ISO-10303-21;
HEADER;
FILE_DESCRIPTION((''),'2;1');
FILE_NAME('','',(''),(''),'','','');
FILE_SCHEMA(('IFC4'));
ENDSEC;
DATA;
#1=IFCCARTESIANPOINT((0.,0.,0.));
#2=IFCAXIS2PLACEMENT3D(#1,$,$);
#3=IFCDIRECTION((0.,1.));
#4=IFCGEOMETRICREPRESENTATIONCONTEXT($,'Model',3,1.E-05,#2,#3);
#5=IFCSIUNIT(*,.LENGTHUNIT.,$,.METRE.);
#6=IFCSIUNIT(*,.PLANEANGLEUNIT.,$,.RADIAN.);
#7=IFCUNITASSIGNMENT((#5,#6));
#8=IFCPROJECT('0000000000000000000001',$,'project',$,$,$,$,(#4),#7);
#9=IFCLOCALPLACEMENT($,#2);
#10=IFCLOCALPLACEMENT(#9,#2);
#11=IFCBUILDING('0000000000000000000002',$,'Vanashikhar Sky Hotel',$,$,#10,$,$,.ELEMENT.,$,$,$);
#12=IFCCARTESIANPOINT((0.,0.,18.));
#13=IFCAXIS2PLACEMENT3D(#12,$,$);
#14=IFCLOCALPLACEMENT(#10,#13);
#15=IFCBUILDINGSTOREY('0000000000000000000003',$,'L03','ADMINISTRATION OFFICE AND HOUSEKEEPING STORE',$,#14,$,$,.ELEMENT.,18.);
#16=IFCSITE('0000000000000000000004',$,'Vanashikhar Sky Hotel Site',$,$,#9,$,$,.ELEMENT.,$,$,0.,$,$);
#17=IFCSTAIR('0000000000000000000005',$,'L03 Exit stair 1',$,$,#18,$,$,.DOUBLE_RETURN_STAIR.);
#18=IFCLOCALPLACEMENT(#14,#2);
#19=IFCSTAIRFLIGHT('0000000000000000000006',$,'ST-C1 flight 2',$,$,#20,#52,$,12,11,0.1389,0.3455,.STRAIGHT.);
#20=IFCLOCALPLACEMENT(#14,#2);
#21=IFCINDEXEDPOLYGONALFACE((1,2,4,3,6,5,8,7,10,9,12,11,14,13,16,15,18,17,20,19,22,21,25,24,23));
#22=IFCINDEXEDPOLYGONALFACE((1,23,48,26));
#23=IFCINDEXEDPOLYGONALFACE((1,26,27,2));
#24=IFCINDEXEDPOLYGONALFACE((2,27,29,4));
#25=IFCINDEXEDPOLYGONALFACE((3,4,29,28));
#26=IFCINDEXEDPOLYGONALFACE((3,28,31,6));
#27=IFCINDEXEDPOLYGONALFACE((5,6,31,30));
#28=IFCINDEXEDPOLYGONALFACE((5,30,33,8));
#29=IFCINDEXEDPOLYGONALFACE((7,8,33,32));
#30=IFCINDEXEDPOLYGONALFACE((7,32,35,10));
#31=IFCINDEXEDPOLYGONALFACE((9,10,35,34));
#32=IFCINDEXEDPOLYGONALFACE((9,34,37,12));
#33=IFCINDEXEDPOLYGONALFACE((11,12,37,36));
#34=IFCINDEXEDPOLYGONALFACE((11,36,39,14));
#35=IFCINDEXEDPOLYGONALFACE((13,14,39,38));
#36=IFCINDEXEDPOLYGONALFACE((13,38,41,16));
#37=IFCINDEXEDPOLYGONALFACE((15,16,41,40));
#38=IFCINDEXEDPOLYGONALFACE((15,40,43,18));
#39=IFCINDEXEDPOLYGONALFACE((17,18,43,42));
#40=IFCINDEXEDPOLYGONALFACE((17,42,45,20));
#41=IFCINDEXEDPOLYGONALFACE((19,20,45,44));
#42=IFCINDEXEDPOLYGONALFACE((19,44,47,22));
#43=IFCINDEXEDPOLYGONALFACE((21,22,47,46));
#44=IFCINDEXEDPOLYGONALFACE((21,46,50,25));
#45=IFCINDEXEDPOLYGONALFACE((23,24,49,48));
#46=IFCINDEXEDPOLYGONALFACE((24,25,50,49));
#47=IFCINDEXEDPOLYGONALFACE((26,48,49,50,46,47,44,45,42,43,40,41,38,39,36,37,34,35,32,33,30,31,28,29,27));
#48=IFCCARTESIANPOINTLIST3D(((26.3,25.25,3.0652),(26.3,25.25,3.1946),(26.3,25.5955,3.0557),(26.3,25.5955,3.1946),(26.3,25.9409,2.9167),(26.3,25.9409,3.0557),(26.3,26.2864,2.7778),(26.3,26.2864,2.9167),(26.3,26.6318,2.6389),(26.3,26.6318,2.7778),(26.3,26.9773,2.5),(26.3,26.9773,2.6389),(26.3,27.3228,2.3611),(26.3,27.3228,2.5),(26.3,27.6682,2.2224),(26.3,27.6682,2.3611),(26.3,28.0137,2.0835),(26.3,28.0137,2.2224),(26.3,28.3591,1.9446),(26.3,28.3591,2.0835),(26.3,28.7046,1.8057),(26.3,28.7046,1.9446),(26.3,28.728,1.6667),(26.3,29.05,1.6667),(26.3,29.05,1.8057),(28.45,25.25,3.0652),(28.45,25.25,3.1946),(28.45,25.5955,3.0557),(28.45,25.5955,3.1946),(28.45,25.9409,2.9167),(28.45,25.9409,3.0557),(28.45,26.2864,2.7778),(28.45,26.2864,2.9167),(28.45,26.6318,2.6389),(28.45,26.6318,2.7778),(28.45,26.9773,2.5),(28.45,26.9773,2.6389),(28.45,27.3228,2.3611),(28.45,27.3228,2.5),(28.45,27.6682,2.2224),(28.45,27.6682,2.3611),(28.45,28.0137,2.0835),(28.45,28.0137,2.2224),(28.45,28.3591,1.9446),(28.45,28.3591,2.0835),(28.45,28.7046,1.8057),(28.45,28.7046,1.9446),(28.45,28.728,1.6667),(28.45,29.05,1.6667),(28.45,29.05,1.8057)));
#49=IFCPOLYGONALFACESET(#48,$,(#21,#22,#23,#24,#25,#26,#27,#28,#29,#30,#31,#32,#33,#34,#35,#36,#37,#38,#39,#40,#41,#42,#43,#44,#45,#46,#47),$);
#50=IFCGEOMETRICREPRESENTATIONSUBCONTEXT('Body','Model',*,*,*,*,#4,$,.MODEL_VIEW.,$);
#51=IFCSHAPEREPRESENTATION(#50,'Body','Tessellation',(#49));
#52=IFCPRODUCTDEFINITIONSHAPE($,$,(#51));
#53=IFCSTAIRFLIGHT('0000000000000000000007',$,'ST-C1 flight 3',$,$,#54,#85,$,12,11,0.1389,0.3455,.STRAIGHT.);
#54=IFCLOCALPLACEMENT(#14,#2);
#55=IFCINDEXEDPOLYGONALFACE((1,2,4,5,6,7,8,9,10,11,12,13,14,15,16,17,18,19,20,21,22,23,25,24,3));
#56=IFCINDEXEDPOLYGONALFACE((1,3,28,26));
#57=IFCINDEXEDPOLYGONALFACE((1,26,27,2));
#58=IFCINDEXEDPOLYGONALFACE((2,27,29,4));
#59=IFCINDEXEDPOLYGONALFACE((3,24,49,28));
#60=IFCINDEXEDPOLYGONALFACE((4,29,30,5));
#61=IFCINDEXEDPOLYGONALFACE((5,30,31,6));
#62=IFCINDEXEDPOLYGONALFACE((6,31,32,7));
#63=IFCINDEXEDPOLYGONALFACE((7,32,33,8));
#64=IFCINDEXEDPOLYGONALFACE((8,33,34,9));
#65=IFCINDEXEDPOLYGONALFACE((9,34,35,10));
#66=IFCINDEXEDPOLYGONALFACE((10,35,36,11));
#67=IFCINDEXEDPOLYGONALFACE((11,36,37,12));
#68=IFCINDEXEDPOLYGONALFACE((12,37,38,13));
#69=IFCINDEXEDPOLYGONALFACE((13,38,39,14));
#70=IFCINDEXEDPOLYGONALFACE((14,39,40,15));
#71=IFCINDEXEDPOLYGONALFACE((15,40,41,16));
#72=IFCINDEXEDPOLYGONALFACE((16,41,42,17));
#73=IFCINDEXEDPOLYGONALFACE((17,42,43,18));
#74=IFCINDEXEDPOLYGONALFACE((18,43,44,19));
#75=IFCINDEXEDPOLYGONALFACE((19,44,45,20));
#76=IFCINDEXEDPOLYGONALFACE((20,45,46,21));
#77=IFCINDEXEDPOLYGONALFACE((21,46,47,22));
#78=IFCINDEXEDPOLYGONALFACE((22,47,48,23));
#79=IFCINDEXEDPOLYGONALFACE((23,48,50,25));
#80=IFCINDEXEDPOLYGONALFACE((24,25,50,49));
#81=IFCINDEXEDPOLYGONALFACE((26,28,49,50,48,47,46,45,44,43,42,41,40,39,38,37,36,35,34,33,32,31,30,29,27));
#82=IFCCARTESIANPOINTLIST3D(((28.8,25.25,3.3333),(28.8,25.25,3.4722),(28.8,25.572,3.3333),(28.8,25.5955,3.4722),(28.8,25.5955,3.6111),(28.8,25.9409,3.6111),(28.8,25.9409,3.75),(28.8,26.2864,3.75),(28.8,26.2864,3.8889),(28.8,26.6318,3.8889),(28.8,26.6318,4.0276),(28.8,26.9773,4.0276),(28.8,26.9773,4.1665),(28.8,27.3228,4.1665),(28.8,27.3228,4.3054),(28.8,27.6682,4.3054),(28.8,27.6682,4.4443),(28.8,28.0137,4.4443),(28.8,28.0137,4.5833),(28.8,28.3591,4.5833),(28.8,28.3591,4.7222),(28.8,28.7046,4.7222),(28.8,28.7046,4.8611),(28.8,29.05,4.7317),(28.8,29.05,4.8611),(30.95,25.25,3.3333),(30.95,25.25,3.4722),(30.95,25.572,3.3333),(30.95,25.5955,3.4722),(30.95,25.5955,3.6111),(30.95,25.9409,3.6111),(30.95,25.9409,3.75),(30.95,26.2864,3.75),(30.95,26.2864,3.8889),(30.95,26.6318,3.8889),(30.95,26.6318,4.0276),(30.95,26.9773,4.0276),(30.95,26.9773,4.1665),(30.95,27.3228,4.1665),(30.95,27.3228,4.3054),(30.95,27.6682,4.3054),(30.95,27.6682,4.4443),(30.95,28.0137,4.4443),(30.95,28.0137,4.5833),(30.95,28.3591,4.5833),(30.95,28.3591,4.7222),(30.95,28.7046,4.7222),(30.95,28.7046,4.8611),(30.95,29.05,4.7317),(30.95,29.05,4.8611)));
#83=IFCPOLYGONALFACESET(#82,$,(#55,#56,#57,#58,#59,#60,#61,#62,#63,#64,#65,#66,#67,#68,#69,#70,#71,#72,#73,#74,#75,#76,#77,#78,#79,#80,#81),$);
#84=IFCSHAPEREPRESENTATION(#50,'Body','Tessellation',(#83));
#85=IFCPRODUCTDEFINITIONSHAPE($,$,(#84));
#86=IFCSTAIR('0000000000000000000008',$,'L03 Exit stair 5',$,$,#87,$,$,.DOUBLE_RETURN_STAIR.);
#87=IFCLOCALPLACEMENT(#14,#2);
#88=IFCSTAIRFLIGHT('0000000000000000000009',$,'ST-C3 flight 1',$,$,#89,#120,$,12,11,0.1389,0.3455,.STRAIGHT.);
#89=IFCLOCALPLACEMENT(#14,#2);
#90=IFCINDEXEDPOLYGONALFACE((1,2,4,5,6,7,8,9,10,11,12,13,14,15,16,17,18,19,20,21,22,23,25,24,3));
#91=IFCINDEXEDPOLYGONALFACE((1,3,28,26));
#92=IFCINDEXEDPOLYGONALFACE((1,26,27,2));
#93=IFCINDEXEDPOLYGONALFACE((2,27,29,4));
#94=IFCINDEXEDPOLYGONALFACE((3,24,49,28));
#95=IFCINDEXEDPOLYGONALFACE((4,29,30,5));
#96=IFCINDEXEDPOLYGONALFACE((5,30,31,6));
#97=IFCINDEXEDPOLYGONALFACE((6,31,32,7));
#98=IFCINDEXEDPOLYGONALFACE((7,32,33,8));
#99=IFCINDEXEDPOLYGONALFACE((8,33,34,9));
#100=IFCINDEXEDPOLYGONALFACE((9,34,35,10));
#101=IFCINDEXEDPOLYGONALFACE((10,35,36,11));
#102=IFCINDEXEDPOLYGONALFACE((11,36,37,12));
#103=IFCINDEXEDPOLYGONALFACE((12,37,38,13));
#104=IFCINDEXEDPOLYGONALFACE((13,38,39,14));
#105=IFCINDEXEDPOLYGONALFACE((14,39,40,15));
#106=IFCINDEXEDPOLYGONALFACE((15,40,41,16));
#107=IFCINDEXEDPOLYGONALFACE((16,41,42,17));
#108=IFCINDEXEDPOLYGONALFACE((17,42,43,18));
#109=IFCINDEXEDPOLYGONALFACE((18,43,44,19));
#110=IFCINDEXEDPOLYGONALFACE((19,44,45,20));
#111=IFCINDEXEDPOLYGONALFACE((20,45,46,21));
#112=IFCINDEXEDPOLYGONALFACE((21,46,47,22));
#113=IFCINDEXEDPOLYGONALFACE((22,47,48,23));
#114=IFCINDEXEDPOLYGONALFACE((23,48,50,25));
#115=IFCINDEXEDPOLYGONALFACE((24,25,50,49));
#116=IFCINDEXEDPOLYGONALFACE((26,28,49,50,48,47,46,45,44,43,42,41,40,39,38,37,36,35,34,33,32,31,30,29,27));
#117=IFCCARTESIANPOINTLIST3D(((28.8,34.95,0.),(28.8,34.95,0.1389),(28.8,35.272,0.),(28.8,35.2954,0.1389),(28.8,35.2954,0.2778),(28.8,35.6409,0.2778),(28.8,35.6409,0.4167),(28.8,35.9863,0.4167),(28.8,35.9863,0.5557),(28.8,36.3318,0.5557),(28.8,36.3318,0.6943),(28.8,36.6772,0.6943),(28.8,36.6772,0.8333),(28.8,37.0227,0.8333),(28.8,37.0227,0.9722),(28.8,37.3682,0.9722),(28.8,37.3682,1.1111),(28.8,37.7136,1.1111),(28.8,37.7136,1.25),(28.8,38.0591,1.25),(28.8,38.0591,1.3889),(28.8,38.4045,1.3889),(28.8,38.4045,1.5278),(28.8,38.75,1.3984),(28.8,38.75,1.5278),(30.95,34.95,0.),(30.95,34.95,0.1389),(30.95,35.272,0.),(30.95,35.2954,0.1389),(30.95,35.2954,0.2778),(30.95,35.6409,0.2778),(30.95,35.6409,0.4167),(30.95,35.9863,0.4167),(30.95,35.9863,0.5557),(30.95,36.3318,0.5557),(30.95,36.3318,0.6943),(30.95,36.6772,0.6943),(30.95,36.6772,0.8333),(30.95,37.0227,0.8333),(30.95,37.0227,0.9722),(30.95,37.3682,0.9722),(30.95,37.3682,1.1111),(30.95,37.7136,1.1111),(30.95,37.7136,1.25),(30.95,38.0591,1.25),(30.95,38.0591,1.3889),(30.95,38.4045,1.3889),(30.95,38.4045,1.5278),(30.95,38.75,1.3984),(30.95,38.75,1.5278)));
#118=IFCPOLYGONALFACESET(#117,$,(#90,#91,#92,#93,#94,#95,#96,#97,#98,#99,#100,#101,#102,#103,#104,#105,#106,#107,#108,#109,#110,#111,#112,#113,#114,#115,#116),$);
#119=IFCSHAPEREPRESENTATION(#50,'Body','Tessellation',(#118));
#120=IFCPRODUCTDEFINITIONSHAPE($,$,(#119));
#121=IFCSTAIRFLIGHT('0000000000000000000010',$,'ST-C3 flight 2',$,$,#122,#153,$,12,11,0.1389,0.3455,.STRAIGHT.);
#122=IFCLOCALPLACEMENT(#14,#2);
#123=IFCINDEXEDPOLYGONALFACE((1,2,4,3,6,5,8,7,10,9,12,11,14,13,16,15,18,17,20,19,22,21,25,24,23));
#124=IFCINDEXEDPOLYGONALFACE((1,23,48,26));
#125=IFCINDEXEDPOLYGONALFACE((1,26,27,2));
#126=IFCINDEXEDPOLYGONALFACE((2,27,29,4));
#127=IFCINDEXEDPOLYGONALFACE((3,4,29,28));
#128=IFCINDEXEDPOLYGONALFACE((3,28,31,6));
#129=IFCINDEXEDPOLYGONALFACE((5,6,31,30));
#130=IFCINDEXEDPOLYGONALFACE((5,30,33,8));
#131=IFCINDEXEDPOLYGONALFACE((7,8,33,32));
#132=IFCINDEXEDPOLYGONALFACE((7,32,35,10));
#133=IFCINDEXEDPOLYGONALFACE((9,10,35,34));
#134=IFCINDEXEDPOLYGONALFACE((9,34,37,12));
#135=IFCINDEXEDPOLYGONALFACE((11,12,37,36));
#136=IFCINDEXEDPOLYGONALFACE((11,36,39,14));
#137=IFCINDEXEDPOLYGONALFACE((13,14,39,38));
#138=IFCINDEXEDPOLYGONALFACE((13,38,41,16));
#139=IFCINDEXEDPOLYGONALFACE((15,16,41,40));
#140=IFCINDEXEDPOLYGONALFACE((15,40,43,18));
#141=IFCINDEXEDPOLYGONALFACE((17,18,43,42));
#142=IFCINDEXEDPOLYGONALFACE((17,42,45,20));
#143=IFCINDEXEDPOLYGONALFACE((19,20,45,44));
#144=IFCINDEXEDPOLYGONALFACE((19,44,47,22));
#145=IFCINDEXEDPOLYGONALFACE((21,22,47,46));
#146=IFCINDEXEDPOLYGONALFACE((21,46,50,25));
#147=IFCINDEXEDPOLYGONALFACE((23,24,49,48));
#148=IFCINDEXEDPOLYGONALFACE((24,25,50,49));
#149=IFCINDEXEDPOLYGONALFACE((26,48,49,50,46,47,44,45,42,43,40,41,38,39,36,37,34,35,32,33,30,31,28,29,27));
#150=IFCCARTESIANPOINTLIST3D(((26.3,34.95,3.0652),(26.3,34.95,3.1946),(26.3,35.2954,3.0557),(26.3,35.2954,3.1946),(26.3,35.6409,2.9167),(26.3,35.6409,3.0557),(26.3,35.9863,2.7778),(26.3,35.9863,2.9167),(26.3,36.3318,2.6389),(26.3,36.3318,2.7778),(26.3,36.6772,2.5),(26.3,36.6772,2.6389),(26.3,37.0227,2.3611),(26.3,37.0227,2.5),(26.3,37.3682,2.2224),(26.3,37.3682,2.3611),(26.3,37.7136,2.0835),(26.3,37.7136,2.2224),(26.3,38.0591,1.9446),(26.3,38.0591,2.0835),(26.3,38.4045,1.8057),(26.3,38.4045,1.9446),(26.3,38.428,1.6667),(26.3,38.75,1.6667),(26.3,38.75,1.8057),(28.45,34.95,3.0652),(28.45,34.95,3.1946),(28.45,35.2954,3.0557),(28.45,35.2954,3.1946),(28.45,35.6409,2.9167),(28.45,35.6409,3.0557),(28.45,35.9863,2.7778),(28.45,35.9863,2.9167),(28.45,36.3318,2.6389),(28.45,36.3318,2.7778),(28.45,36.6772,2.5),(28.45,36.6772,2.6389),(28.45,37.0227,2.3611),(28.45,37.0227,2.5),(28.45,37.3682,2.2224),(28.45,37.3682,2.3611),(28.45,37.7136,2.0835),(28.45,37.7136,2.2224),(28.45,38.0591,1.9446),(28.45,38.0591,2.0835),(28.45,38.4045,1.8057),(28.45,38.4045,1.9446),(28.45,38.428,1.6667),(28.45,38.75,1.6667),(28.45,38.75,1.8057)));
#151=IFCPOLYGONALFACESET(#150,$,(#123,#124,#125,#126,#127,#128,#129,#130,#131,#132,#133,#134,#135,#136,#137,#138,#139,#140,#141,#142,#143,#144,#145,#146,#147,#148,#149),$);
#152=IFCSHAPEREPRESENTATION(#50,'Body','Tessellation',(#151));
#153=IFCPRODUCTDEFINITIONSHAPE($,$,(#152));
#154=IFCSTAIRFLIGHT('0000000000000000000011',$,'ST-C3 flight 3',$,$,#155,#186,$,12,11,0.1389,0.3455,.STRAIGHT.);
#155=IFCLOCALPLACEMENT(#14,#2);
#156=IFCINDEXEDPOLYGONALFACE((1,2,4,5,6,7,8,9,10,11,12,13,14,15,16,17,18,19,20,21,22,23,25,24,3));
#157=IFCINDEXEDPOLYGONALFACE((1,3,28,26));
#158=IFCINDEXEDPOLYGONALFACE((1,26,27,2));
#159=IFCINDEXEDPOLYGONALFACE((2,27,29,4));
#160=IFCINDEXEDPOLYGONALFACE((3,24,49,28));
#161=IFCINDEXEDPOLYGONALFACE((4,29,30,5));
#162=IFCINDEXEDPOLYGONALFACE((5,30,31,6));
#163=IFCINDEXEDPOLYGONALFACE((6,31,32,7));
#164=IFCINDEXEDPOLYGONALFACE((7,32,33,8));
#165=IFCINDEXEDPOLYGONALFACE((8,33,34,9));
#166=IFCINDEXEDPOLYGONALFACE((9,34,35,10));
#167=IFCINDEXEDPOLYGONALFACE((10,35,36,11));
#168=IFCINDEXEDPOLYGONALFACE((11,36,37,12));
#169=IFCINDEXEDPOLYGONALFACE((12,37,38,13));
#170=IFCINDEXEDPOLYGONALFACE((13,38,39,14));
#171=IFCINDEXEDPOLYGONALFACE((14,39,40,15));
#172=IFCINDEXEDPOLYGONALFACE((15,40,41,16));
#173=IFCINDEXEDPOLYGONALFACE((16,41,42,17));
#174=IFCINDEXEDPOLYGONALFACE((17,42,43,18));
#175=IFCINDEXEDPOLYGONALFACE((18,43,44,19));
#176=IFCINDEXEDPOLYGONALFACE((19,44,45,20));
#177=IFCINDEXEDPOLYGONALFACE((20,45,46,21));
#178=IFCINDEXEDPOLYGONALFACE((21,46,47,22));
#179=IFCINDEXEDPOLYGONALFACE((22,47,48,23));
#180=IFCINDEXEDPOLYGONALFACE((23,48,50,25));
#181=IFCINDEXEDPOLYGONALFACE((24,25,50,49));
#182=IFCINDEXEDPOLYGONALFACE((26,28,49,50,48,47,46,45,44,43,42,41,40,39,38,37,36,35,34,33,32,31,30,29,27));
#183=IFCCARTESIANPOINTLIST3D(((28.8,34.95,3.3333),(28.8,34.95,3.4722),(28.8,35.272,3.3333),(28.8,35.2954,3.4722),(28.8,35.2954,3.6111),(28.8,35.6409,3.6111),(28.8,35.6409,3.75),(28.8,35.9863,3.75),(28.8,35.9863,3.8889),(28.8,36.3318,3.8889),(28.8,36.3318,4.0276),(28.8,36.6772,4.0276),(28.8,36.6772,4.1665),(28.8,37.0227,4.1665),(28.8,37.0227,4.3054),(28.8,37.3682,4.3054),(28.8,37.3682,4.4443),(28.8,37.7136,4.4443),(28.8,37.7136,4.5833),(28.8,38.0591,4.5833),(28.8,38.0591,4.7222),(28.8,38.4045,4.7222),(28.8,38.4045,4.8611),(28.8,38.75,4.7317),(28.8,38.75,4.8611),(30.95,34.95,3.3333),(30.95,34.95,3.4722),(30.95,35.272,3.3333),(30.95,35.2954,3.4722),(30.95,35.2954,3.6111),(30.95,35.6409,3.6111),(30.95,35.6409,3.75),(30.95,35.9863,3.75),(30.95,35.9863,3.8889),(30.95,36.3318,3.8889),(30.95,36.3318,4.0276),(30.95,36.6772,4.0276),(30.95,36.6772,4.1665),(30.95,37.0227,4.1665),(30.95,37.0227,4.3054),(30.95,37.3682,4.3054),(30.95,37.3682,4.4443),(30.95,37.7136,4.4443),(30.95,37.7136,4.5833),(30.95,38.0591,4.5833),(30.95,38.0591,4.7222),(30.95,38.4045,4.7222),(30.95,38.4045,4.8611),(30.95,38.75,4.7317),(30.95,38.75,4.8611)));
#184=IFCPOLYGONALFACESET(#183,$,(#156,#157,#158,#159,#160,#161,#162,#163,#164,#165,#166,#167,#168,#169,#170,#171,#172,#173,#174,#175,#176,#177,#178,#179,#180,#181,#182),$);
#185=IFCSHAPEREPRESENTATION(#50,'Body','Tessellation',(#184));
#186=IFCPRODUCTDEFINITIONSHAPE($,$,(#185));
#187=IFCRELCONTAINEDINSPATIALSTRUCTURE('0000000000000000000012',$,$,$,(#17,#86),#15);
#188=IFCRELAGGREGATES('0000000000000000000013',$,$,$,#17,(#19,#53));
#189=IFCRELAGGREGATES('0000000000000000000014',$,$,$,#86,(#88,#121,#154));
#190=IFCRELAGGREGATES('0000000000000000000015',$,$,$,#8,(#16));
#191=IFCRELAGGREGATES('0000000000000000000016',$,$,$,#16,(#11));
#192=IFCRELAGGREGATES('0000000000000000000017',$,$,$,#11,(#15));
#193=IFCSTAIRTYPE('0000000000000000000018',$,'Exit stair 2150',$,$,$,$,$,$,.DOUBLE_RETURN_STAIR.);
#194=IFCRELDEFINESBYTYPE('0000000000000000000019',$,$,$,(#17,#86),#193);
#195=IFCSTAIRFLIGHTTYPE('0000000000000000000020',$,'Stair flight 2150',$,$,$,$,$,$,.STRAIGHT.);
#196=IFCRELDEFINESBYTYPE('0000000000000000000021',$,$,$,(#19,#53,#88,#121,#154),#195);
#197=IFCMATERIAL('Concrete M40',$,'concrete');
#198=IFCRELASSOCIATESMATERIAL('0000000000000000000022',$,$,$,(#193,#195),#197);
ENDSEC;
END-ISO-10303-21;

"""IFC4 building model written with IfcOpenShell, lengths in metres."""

from ifc_helpers import new_model, si_unit, direction, frame, origin, place, context, subcontext, project, spatial, polyline, outline, extrude, source, transform, mapped, material, type_object, element, aggregate, save


model = new_model("IFC4")

# Units and contexts
model_context = context("Model", 3, precision=1e-05, world=origin(), true_north=direction((0.0, 1.0)))
body_context = subcontext(model_context, "Body", "Model", "MODEL_VIEW")
ifc_project = project(units=[si_unit("LENGTHUNIT", "METRE"), si_unit("PLANEANGLEUNIT", "RADIAN")], contexts=[model_context])

# Site, building, storey
site_placement = place(None, origin())
site = spatial("IfcSite", under=ifc_project, at=site_placement, Name="Vanashikhar Sky Hotel Site", CompositionType="ELEMENT", RefElevation=0.0)
building_placement = place(site_placement, origin())
building = spatial("IfcBuilding", under=site, at=building_placement, Name="Vanashikhar Sky Hotel", CompositionType="ELEMENT")
storey_placement = place(building_placement, frame((0.0, 0.0, 18.0)))
storey = spatial("IfcBuildingStorey", under=building, at=storey_placement, Name="L03", Description="ADMINISTRATION OFFICE AND HOUSEKEEPING STORE", CompositionType="ELEMENT", Elevation=18.0)

# Stairs, stair flights
ifc_material_1 = material(Name="Concrete M40", Category="concrete")
stair_type = type_object("IfcStairType", Name="Exit stair 2150", PredefinedType="DOUBLE_RETURN_STAIR", material=ifc_material_1)
stair_1_placement = place(storey_placement, origin())
stair_1 = element("IfcStair", 1, at=stair_1_placement, inside=storey, type_object=stair_type, Name="L03 Exit stair 1", PredefinedType="DOUBLE_RETURN_STAIR")
stair_flight_type = type_object("IfcStairFlightType", Name="Stair flight 2150", PredefinedType="STRAIGHT", material=ifc_material_1)
shared_shape_1 = source(origin(), body_context, "Body", "SweptSolid", [
    extrude(outline(polyline([(0.0, 0.0), (0.0, 0.1389), (0.3455, 0.1389), (0.3455, 0.2778), (0.6909, 0.2778), (0.6909, 0.4167), (1.0364, 0.4167), (1.0364, 0.5557), (1.3818, 0.5557), (1.3818, 0.6943), (1.7273, 0.6943), (1.7273, 0.8333), (2.0728, 0.8333), (2.0728, 0.9722), (2.4182, 0.9722), (2.4182, 1.1111), (2.7637, 1.1111), (2.7637, 1.25), (3.1091, 1.25), (3.1091, 1.3889), (3.4546, 1.3889), (3.4546, 1.5278), (3.8, 1.5278), (3.8, 1.6667), (3.8, 1.3984), (0.322, 0.0), (0.0, 0.0)])), frame((0.0, 1.075, 0.0), z_axis=(0.0, -1.0, 0.0), x_axis=(1.0, 0.0, 0.0)), (0.0, 0.0, 1.0), 2.1499),
])
stair_flight_1_placement = place(storey_placement, frame((27.375, 29.05, 1.6667), z_axis=(0.0, 0.0, 1.0), x_axis=(0.0, -1.0, 0.0)))
stair_flight_1 = element("IfcStairFlight", 2, at=stair_flight_1_placement, type_object=stair_flight_type, Name="ST-C1 flight 2", NumberOfRisers=12, NumberOfTreads=11, PredefinedType="STRAIGHT", RiserHeight=0.1389, TreadLength=0.3455, context=body_context, shape_type="MappedRepresentation", body=[
    mapped(shared_shape_1, transform((0.0, 0.0, 0.0), scale=1.0)),
])
stair_flight_2_placement = place(storey_placement, frame((29.875, 25.25, 3.3333), z_axis=(0.0, 0.0, 1.0), x_axis=(0.0, 1.0, 0.0)))
stair_flight_2 = element("IfcStairFlight", 3, at=stair_flight_2_placement, type_object=stair_flight_type, Name="ST-C1 flight 3", NumberOfRisers=12, NumberOfTreads=11, PredefinedType="STRAIGHT", RiserHeight=0.1389, TreadLength=0.3455, context=body_context, shape_type="MappedRepresentation", body=[
    mapped(shared_shape_1, transform((0.0, 0.0, 0.0), scale=1.0)),
])
aggregate(stair_1, [stair_flight_1, stair_flight_2])
stair_2_placement = place(storey_placement, origin())
stair_2 = element("IfcStair", 4, at=stair_2_placement, inside=storey, type_object=stair_type, Name="L03 Exit stair 5", PredefinedType="DOUBLE_RETURN_STAIR")
stair_flight_3_placement = place(storey_placement, frame((29.875, 34.95, 0.0), z_axis=(0.0, 0.0, 1.0), x_axis=(0.0, 1.0, 0.0)))
stair_flight_3 = element("IfcStairFlight", 5, at=stair_flight_3_placement, type_object=stair_flight_type, Name="ST-C3 flight 1", NumberOfRisers=12, NumberOfTreads=11, PredefinedType="STRAIGHT", RiserHeight=0.1389, TreadLength=0.3455, context=body_context, shape_type="MappedRepresentation", body=[
    mapped(shared_shape_1, transform((0.0, 0.0, 0.0), scale=1.0)),
])
stair_flight_4_placement = place(storey_placement, frame((27.375, 38.75, 1.6667), z_axis=(0.0, 0.0, 1.0), x_axis=(0.0, -1.0, 0.0)))
stair_flight_4 = element("IfcStairFlight", 6, at=stair_flight_4_placement, type_object=stair_flight_type, Name="ST-C3 flight 2", NumberOfRisers=12, NumberOfTreads=11, PredefinedType="STRAIGHT", RiserHeight=0.1389, TreadLength=0.3455, context=body_context, shape_type="MappedRepresentation", body=[
    mapped(shared_shape_1, transform((0.0, 0.0, 0.0), scale=1.0)),
])
stair_flight_5_placement = place(storey_placement, frame((29.875, 34.95, 3.3333), z_axis=(0.0, 0.0, 1.0), x_axis=(0.0, 1.0, 0.0)))
stair_flight_5 = element("IfcStairFlight", 7, at=stair_flight_5_placement, type_object=stair_flight_type, Name="ST-C3 flight 3", NumberOfRisers=12, NumberOfTreads=11, PredefinedType="STRAIGHT", RiserHeight=0.1389, TreadLength=0.3455, context=body_context, shape_type="MappedRepresentation", body=[
    mapped(shared_shape_1, transform((0.0, 0.0, 0.0), scale=1.0)),
])
aggregate(stair_2, [stair_flight_3, stair_flight_4, stair_flight_5])

save(model, "model.ifc")
